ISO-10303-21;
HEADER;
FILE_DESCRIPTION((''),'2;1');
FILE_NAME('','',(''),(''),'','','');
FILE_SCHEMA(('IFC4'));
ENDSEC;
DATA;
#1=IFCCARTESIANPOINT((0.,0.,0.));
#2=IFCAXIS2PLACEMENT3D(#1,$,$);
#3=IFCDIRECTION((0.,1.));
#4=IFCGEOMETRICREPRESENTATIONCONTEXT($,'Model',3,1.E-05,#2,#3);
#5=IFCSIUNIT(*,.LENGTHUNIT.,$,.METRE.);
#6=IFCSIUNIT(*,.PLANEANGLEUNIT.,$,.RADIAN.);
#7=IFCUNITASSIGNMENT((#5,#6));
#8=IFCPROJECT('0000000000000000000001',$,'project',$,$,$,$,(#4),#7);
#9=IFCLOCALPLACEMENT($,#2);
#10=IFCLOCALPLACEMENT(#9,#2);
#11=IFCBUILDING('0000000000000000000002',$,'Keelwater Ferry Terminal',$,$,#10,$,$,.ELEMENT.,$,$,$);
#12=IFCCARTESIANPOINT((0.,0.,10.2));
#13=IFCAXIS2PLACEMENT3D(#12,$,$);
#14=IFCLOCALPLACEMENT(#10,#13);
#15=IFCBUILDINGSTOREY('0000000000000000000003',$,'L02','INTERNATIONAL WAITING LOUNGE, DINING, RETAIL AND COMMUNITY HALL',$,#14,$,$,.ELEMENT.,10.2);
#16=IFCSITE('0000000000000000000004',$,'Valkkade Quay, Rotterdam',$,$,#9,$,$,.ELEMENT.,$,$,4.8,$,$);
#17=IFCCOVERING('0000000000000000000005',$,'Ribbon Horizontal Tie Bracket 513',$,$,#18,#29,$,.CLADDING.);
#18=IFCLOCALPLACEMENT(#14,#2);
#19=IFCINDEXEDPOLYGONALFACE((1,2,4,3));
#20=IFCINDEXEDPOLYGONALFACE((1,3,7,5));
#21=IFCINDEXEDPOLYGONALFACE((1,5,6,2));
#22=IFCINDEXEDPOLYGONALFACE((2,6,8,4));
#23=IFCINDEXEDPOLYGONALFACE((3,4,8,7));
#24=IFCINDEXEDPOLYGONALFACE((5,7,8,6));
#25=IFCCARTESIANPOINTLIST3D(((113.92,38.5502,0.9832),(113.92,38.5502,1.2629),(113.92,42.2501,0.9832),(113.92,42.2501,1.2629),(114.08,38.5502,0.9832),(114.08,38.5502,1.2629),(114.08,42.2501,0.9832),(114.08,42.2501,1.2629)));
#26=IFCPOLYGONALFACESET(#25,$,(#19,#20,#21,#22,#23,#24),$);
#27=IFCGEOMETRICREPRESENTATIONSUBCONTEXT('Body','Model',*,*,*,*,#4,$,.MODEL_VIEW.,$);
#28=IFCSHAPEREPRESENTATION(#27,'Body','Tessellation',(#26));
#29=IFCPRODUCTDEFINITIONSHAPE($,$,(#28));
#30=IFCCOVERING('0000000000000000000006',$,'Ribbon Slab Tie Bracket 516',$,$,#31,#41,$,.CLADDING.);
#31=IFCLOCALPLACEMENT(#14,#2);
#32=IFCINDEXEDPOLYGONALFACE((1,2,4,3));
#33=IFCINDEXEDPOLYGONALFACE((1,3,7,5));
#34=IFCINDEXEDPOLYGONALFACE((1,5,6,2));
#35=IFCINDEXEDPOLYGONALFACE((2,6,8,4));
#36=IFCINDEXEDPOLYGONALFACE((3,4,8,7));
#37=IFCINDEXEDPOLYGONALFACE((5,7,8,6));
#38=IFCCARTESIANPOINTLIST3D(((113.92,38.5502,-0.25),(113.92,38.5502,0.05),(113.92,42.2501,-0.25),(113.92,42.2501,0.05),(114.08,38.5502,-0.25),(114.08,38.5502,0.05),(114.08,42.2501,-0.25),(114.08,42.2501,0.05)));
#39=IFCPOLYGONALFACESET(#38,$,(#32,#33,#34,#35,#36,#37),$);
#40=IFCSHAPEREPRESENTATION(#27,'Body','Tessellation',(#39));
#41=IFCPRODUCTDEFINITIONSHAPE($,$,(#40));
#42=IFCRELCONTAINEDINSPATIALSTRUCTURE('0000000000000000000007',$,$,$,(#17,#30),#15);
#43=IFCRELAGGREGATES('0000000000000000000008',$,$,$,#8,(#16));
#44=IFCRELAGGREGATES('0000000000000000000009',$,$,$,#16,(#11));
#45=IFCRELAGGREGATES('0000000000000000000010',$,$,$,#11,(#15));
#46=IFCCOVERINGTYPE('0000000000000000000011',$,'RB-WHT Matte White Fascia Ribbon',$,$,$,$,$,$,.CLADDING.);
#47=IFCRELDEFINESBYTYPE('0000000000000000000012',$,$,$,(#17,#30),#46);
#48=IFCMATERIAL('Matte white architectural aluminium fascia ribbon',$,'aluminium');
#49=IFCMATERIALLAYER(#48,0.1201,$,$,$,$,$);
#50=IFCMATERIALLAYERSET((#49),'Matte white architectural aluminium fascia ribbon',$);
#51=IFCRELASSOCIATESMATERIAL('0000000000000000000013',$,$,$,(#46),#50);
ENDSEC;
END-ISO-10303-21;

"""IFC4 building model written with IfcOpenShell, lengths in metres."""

from ifc_helpers import new_model, si_unit, direction, frame, frame_2d, origin, place, context, subcontext, project, spatial, rectangle, extrude, material, layer, layer_set, type_object, element, save


model = new_model("IFC4")

# Units and contexts
model_context = context("Model", 3, precision=1e-05, world=origin(), true_north=direction((0.0, 1.0)))
body_context = subcontext(model_context, "Body", "Model", "MODEL_VIEW")
ifc_project = project(units=[si_unit("LENGTHUNIT", "METRE"), si_unit("PLANEANGLEUNIT", "RADIAN")], contexts=[model_context])

# Site, building, storey
site_placement = place(None, origin())
site = spatial("IfcSite", under=ifc_project, at=site_placement, Name="Valkkade Quay, Rotterdam", CompositionType="ELEMENT", RefElevation=4.8)
building_placement = place(site_placement, origin())
building = spatial("IfcBuilding", under=site, at=building_placement, Name="Keelwater Ferry Terminal", CompositionType="ELEMENT")
storey_placement = place(building_placement, frame((0.0, 0.0, 10.2)))
storey = spatial("IfcBuildingStorey", under=building, at=storey_placement, Name="L02", Description="INTERNATIONAL WAITING LOUNGE, DINING, RETAIL AND COMMUNITY HALL", CompositionType="ELEMENT", Elevation=10.2)

# Coverings
ifc_material_1 = material(Name="Matte white architectural aluminium fascia ribbon", Category="aluminium")
ifc_layer_1 = layer(ifc_material_1, 0.1201)
ifc_layer_set_1 = layer_set([ifc_layer_1], Name="Matte white architectural aluminium fascia ribbon")
covering_type = type_object("IfcCoveringType", Name="RB-WHT Matte White Fascia Ribbon", PredefinedType="CLADDING", material=ifc_layer_set_1)
covering_1_placement = place(storey_placement, frame((114.0, 38.55, 0.9832), z_axis=(0.0, 0.0, 1.0), x_axis=(0.0, 1.0, 0.0)))
element("IfcCovering", 1, at=covering_1_placement, inside=storey, type_object=covering_type, Name="Ribbon Horizontal Tie Bracket 513", PredefinedType="CLADDING", context=body_context, shape_type="SweptSolid", body=[
    extrude(rectangle(XDim=3.7, YDim=0.1599, at=frame_2d((1.8501, 0.0))), origin(), (0.0, 0.0, 1.0), 0.2798),
])
covering_2_placement = place(storey_placement, frame((114.0, 38.55, -0.25), z_axis=(0.0, 0.0, 1.0), x_axis=(0.0, 1.0, 0.0)))
element("IfcCovering", 2, at=covering_2_placement, inside=storey, type_object=covering_type, Name="Ribbon Slab Tie Bracket 516", PredefinedType="CLADDING", context=body_context, shape_type="SweptSolid", body=[
    extrude(rectangle(XDim=3.7, YDim=0.1599, at=frame_2d((1.8501, 0.0))), origin(), (0.0, 0.0, 1.0), 0.3),
])

save(model, "model.ifc")
